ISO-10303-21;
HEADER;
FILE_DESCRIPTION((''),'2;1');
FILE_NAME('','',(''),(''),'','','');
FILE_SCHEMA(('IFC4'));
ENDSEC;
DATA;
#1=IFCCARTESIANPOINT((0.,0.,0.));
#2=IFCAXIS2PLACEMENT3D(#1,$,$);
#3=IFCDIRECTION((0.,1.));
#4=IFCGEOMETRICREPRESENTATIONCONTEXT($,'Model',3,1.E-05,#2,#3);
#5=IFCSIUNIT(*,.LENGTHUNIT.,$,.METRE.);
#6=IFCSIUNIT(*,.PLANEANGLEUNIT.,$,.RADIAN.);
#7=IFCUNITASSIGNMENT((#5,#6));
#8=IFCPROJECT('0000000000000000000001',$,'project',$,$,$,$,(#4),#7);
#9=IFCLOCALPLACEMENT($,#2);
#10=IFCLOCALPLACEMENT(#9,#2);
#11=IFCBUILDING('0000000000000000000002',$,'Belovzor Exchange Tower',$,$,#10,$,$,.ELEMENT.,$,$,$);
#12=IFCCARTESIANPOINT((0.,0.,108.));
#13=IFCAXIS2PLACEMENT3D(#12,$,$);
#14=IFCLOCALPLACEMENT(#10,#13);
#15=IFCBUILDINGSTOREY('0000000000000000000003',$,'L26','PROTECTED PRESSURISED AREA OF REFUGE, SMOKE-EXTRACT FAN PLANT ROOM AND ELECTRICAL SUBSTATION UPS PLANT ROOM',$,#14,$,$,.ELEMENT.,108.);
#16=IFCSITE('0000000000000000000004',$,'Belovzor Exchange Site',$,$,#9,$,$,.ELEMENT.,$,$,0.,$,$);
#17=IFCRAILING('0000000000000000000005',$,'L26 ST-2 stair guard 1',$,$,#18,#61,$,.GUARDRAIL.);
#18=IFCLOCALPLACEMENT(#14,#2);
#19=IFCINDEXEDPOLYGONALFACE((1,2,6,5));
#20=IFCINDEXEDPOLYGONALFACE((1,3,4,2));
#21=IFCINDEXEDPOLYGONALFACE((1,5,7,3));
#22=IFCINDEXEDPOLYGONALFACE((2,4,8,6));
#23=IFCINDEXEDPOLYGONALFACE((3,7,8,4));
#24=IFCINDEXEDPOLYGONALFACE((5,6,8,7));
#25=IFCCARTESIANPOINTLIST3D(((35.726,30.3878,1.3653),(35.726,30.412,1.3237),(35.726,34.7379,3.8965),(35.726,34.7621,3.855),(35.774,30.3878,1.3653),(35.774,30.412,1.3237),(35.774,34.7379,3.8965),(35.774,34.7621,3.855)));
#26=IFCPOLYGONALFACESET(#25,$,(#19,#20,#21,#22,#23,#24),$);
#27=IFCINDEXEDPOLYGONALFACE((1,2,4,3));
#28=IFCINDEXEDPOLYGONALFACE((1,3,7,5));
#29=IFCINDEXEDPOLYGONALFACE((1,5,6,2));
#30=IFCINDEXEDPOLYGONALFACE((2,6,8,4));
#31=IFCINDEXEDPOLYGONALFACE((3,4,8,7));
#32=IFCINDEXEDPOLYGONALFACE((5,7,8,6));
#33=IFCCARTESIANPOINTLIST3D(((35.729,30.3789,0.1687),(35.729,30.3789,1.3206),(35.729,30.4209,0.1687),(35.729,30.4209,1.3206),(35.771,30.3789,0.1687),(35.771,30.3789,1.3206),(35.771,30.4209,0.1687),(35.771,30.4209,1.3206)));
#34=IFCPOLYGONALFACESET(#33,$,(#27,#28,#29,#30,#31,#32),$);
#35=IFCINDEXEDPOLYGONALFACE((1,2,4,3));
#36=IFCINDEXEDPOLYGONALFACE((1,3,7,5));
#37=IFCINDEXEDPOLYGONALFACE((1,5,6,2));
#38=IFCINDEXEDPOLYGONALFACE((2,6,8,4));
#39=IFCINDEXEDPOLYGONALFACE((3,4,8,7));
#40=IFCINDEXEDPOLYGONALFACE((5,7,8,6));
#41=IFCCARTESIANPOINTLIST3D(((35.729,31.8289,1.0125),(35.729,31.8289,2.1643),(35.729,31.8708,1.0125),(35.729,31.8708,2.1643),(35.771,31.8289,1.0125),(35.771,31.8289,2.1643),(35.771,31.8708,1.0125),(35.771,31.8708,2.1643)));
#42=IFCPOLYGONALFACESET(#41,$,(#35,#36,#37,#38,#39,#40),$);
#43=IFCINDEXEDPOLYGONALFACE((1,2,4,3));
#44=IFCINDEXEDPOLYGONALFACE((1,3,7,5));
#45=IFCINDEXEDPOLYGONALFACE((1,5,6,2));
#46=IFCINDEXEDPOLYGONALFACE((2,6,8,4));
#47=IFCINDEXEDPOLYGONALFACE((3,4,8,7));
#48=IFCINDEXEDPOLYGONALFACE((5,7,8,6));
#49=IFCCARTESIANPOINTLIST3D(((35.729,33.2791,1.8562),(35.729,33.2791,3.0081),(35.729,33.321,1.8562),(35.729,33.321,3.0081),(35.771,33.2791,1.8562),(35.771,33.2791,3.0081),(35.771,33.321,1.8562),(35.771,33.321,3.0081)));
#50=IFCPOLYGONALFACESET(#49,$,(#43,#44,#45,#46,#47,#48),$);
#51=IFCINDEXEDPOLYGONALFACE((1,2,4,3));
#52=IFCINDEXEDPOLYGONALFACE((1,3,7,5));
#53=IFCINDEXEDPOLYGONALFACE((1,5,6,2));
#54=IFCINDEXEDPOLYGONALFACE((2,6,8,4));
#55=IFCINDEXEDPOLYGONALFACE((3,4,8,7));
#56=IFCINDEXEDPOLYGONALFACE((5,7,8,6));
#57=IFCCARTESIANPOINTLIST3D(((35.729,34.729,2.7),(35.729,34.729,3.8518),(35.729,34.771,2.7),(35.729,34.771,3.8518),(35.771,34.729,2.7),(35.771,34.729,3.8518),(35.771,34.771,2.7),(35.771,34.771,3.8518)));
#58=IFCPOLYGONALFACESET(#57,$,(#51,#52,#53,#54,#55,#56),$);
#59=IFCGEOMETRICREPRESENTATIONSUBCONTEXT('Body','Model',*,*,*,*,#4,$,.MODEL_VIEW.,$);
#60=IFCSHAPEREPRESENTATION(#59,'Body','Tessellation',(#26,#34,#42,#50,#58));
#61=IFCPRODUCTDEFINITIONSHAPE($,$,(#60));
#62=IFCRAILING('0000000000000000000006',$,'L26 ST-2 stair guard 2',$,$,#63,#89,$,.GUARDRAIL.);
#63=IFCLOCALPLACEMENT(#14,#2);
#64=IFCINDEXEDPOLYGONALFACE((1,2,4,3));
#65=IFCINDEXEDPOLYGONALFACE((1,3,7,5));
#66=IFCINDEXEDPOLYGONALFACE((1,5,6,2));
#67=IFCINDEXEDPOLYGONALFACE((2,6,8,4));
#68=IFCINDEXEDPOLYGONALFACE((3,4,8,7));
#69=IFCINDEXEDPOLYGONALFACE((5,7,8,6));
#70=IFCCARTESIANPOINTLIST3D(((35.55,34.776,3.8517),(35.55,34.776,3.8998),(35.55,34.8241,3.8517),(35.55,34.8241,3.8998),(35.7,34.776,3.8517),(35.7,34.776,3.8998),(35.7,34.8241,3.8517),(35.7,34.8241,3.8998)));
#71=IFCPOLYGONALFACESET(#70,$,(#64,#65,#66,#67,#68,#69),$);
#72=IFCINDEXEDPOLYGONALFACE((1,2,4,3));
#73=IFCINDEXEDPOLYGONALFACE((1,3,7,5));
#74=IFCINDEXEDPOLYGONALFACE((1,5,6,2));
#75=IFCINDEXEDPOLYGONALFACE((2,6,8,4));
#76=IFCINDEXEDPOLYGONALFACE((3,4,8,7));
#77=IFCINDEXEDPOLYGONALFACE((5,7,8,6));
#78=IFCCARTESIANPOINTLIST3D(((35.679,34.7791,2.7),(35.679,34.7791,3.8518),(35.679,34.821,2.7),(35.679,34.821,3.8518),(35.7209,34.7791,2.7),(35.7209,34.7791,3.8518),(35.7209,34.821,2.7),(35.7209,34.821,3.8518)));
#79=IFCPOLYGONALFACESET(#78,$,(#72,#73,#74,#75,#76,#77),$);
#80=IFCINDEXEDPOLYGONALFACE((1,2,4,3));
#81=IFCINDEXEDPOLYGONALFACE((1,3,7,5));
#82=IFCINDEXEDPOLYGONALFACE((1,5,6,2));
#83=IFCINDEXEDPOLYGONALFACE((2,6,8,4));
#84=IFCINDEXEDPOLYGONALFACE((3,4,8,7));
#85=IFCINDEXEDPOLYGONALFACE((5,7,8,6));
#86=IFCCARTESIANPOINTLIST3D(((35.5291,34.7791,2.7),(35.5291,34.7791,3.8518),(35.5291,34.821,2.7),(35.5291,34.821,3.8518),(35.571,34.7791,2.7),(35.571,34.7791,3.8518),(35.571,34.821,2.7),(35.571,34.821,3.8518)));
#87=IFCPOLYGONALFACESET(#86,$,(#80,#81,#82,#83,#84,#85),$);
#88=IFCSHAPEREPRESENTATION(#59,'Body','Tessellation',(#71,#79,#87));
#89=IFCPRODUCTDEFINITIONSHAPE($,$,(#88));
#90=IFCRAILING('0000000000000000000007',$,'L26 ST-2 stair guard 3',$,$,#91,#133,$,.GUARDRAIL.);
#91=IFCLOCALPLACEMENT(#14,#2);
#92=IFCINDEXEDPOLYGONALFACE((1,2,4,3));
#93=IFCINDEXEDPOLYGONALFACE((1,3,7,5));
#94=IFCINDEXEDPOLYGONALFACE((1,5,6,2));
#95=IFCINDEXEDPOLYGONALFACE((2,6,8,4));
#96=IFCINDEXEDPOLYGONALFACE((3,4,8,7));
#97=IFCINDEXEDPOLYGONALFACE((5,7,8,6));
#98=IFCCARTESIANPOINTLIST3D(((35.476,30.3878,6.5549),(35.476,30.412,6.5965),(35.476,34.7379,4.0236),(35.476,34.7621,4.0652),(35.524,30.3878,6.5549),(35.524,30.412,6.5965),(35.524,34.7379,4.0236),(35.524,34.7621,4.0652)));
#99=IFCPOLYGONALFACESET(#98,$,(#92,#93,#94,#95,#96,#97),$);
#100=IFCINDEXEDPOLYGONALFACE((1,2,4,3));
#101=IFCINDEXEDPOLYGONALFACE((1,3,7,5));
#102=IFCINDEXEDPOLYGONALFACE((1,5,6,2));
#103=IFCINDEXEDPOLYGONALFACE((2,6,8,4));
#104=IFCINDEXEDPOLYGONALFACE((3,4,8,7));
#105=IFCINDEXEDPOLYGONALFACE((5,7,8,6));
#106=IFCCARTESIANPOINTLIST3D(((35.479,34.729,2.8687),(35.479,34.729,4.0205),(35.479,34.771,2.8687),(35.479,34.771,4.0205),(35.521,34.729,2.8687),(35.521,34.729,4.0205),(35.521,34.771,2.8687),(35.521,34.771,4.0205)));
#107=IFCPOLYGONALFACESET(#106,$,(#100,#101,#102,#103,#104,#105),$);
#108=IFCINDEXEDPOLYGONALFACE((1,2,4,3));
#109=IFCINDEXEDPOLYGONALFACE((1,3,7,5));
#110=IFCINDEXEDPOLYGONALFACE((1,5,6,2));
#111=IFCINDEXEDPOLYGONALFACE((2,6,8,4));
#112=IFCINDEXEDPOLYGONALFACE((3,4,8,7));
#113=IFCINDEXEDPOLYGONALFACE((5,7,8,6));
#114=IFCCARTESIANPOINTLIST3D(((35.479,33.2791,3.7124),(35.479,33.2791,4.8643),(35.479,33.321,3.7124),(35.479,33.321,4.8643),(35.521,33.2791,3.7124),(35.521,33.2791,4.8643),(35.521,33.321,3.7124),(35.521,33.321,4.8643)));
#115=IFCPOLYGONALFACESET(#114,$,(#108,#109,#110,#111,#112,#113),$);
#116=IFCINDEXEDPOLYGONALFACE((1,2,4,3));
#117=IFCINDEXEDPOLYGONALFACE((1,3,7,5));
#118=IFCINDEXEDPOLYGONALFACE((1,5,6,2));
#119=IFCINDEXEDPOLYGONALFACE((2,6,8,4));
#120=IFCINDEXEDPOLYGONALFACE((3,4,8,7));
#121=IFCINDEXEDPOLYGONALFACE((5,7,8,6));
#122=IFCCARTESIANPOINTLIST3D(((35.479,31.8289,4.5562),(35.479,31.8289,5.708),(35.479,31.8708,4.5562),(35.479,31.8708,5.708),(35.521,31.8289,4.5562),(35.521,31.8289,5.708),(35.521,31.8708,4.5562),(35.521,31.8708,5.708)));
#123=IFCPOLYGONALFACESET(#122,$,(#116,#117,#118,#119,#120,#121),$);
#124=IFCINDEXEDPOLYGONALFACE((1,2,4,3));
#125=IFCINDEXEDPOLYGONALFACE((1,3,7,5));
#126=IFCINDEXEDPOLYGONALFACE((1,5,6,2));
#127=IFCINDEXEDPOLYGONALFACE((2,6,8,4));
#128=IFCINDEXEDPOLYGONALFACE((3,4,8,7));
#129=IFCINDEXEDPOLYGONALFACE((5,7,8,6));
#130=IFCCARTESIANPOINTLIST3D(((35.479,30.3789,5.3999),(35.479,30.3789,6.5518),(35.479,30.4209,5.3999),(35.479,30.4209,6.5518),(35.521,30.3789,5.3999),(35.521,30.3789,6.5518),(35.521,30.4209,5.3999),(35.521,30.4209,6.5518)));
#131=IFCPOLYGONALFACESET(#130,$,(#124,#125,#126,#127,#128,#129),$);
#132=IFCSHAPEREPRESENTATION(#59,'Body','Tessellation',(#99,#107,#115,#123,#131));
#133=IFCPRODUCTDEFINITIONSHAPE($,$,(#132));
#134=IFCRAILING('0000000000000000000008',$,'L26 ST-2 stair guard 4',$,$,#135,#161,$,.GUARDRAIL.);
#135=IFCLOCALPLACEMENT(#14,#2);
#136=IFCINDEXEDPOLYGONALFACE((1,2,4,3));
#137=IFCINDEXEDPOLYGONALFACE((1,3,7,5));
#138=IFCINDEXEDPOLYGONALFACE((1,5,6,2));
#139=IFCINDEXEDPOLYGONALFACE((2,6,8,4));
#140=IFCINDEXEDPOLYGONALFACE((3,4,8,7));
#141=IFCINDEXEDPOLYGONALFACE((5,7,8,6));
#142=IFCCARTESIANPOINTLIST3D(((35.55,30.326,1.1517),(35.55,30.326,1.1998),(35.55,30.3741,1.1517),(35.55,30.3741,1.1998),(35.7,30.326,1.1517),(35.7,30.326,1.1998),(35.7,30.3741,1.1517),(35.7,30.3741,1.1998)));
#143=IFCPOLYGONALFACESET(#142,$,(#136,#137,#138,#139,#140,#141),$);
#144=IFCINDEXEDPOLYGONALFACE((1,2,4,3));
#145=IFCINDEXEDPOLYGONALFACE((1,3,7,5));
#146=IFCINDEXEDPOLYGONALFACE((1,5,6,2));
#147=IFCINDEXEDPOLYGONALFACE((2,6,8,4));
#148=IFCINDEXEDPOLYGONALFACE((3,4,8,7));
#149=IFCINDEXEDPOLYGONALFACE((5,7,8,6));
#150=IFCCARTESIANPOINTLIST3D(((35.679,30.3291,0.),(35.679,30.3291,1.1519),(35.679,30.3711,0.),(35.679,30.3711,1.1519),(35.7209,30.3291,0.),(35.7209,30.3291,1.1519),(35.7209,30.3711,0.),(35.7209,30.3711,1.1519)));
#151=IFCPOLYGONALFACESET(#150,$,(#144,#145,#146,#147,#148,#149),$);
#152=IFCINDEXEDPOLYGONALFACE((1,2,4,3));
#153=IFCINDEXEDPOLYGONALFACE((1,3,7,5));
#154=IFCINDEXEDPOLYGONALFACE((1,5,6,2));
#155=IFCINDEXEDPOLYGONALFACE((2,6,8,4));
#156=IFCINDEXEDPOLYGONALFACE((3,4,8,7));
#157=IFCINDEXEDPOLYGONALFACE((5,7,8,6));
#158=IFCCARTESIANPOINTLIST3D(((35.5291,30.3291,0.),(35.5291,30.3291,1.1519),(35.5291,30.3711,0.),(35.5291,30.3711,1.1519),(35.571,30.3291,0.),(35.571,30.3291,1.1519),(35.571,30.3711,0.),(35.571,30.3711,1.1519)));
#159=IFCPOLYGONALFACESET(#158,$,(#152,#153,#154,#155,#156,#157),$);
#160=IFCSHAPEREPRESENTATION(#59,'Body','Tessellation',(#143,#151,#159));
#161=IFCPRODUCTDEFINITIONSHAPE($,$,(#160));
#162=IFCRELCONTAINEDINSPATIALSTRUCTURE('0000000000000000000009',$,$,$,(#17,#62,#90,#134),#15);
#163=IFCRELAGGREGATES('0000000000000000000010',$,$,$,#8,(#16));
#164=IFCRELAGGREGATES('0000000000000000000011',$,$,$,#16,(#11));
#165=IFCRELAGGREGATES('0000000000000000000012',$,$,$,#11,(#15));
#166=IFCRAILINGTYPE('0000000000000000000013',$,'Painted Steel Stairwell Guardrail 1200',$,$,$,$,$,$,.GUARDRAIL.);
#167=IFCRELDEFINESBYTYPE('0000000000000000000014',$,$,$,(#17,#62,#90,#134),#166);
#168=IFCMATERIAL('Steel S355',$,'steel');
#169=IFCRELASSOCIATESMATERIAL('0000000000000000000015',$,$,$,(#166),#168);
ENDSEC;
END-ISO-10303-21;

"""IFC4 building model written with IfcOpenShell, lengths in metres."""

from ifc_helpers import new_model, si_unit, direction, frame, origin, origin_2d, place, context, subcontext, project, spatial, rectangle, extrude, material, type_object, element, save


model = new_model("IFC4")

# Units and contexts
model_context = context("Model", 3, precision=1e-05, world=origin(), true_north=direction((0.0, 1.0)))
body_context = subcontext(model_context, "Body", "Model", "MODEL_VIEW")
ifc_project = project(units=[si_unit("LENGTHUNIT", "METRE"), si_unit("PLANEANGLEUNIT", "RADIAN")], contexts=[model_context])

# Site, building, storey
site_placement = place(None, origin())
site = spatial("IfcSite", under=ifc_project, at=site_placement, Name="Belovzor Exchange Site", CompositionType="ELEMENT", RefElevation=0.0)
building_placement = place(site_placement, origin())
building = spatial("IfcBuilding", under=site, at=building_placement, Name="Belovzor Exchange Tower", CompositionType="ELEMENT")
storey_placement = place(building_placement, frame((0.0, 0.0, 108.0)))
storey = spatial("IfcBuildingStorey", under=building, at=storey_placement, Name="L26", Description="PROTECTED PRESSURISED AREA OF REFUGE, SMOKE-EXTRACT FAN PLANT ROOM AND ELECTRICAL SUBSTATION UPS PLANT ROOM", CompositionType="ELEMENT", Elevation=108.0)

# Railings
ifc_material_1 = material(Name="Steel S355", Category="steel")
railing_type_1 = type_object("IfcRailingType", Name="Painted Steel Stairwell Guardrail 1200", PredefinedType="GUARDRAIL", material=ifc_material_1)
railing_1_placement = place(storey_placement, frame((35.75, 30.3999, 0.1687)))
element("IfcRailing", 1, at=railing_1_placement, inside=storey, type_object=railing_type_1, Name="L26 ST-2 stair guard 1", PredefinedType="GUARDRAIL", context=body_context, shape_type="SweptSolid", body=[
    extrude(rectangle(XDim=0.0481, YDim=0.0481, at=origin_2d()), frame((0.0, 0.0, 1.1758), z_axis=(0.0, 0.864324, 0.502936), x_axis=(-1.0, 0.0, 0.0)), (0.0, 0.0, 1.0), 5.033),
    extrude(rectangle(XDim=0.042, YDim=0.042, at=origin_2d()), origin(), (0.0, 0.0, 1.0), 1.1519),
    extrude(rectangle(XDim=0.042, YDim=0.042, at=origin_2d()), frame((0.0, 1.45, 0.8438)), (0.0, 0.0, 1.0), 1.1519),
    extrude(rectangle(XDim=0.042, YDim=0.042, at=origin_2d()), frame((0.0, 2.9001, 1.6875)), (0.0, 0.0, 1.0), 1.1519),
    extrude(rectangle(XDim=0.042, YDim=0.042, at=origin_2d()), frame((0.0, 4.3501, 2.5312)), (0.0, 0.0, 1.0), 1.1519),
])
railing_2_placement = place(storey_placement, frame((35.7, 34.8, 2.7)))
element("IfcRailing", 2, at=railing_2_placement, inside=storey, type_object=railing_type_1, Name="L26 ST-2 stair guard 2", PredefinedType="GUARDRAIL", context=body_context, shape_type="SweptSolid", body=[
    extrude(rectangle(XDim=0.0481, YDim=0.0481, at=origin_2d()), frame((0.0, 0.0, 1.1758), z_axis=(-1.0, 0.0, 0.0), x_axis=(0.0, -1.0, 0.0)), (0.0, 0.0, 1.0), 0.1499),
    extrude(rectangle(XDim=0.042, YDim=0.042, at=origin_2d()), origin(), (0.0, 0.0, 1.0), 1.1519),
    extrude(rectangle(XDim=0.042, YDim=0.042, at=origin_2d()), frame((-0.1499, 0.0, 0.0)), (0.0, 0.0, 1.0), 1.1519),
])
railing_3_placement = place(storey_placement, frame((35.5, 34.75, 2.8687)))
element("IfcRailing", 3, at=railing_3_placement, inside=storey, type_object=railing_type_1, Name="L26 ST-2 stair guard 3", PredefinedType="GUARDRAIL", context=body_context, shape_type="SweptSolid", body=[
    extrude(rectangle(XDim=0.0481, YDim=0.0481, at=origin_2d()), frame((0.0, 0.0, 1.1758), z_axis=(0.0, -0.864324, 0.502936), x_axis=(1.0, 0.0, 0.0)), (0.0, 0.0, 1.0), 5.033),
    extrude(rectangle(XDim=0.042, YDim=0.042, at=origin_2d()), origin(), (0.0, 0.0, 1.0), 1.1519),
    extrude(rectangle(XDim=0.042, YDim=0.042, at=origin_2d()), frame((0.0, -1.45, 0.8438)), (0.0, 0.0, 1.0), 1.1519),
    extrude(rectangle(XDim=0.042, YDim=0.042, at=origin_2d()), frame((0.0, -2.9001, 1.6875)), (0.0, 0.0, 1.0), 1.1519),
    extrude(rectangle(XDim=0.042, YDim=0.042, at=origin_2d()), frame((0.0, -4.3501, 2.5312)), (0.0, 0.0, 1.0), 1.1519),
])
railing_4_placement = place(storey_placement, frame((35.7, 30.3501, 0.0)))
element("IfcRailing", 4, at=railing_4_placement, inside=storey, type_object=railing_type_1, Name="L26 ST-2 stair guard 4", PredefinedType="GUARDRAIL", context=body_context, shape_type="SweptSolid", body=[
    extrude(rectangle(XDim=0.0481, YDim=0.0481, at=origin_2d()), frame((0.0, 0.0, 1.1758), z_axis=(-1.0, 0.0, 0.0), x_axis=(0.0, -1.0, 0.0)), (0.0, 0.0, 1.0), 0.1499),
    extrude(rectangle(XDim=0.042, YDim=0.042, at=origin_2d()), origin(), (0.0, 0.0, 1.0), 1.1519),
    extrude(rectangle(XDim=0.042, YDim=0.042, at=origin_2d()), frame((-0.1499, 0.0, 0.0)), (0.0, 0.0, 1.0), 1.1519),
])

save(model, "model.ifc")
